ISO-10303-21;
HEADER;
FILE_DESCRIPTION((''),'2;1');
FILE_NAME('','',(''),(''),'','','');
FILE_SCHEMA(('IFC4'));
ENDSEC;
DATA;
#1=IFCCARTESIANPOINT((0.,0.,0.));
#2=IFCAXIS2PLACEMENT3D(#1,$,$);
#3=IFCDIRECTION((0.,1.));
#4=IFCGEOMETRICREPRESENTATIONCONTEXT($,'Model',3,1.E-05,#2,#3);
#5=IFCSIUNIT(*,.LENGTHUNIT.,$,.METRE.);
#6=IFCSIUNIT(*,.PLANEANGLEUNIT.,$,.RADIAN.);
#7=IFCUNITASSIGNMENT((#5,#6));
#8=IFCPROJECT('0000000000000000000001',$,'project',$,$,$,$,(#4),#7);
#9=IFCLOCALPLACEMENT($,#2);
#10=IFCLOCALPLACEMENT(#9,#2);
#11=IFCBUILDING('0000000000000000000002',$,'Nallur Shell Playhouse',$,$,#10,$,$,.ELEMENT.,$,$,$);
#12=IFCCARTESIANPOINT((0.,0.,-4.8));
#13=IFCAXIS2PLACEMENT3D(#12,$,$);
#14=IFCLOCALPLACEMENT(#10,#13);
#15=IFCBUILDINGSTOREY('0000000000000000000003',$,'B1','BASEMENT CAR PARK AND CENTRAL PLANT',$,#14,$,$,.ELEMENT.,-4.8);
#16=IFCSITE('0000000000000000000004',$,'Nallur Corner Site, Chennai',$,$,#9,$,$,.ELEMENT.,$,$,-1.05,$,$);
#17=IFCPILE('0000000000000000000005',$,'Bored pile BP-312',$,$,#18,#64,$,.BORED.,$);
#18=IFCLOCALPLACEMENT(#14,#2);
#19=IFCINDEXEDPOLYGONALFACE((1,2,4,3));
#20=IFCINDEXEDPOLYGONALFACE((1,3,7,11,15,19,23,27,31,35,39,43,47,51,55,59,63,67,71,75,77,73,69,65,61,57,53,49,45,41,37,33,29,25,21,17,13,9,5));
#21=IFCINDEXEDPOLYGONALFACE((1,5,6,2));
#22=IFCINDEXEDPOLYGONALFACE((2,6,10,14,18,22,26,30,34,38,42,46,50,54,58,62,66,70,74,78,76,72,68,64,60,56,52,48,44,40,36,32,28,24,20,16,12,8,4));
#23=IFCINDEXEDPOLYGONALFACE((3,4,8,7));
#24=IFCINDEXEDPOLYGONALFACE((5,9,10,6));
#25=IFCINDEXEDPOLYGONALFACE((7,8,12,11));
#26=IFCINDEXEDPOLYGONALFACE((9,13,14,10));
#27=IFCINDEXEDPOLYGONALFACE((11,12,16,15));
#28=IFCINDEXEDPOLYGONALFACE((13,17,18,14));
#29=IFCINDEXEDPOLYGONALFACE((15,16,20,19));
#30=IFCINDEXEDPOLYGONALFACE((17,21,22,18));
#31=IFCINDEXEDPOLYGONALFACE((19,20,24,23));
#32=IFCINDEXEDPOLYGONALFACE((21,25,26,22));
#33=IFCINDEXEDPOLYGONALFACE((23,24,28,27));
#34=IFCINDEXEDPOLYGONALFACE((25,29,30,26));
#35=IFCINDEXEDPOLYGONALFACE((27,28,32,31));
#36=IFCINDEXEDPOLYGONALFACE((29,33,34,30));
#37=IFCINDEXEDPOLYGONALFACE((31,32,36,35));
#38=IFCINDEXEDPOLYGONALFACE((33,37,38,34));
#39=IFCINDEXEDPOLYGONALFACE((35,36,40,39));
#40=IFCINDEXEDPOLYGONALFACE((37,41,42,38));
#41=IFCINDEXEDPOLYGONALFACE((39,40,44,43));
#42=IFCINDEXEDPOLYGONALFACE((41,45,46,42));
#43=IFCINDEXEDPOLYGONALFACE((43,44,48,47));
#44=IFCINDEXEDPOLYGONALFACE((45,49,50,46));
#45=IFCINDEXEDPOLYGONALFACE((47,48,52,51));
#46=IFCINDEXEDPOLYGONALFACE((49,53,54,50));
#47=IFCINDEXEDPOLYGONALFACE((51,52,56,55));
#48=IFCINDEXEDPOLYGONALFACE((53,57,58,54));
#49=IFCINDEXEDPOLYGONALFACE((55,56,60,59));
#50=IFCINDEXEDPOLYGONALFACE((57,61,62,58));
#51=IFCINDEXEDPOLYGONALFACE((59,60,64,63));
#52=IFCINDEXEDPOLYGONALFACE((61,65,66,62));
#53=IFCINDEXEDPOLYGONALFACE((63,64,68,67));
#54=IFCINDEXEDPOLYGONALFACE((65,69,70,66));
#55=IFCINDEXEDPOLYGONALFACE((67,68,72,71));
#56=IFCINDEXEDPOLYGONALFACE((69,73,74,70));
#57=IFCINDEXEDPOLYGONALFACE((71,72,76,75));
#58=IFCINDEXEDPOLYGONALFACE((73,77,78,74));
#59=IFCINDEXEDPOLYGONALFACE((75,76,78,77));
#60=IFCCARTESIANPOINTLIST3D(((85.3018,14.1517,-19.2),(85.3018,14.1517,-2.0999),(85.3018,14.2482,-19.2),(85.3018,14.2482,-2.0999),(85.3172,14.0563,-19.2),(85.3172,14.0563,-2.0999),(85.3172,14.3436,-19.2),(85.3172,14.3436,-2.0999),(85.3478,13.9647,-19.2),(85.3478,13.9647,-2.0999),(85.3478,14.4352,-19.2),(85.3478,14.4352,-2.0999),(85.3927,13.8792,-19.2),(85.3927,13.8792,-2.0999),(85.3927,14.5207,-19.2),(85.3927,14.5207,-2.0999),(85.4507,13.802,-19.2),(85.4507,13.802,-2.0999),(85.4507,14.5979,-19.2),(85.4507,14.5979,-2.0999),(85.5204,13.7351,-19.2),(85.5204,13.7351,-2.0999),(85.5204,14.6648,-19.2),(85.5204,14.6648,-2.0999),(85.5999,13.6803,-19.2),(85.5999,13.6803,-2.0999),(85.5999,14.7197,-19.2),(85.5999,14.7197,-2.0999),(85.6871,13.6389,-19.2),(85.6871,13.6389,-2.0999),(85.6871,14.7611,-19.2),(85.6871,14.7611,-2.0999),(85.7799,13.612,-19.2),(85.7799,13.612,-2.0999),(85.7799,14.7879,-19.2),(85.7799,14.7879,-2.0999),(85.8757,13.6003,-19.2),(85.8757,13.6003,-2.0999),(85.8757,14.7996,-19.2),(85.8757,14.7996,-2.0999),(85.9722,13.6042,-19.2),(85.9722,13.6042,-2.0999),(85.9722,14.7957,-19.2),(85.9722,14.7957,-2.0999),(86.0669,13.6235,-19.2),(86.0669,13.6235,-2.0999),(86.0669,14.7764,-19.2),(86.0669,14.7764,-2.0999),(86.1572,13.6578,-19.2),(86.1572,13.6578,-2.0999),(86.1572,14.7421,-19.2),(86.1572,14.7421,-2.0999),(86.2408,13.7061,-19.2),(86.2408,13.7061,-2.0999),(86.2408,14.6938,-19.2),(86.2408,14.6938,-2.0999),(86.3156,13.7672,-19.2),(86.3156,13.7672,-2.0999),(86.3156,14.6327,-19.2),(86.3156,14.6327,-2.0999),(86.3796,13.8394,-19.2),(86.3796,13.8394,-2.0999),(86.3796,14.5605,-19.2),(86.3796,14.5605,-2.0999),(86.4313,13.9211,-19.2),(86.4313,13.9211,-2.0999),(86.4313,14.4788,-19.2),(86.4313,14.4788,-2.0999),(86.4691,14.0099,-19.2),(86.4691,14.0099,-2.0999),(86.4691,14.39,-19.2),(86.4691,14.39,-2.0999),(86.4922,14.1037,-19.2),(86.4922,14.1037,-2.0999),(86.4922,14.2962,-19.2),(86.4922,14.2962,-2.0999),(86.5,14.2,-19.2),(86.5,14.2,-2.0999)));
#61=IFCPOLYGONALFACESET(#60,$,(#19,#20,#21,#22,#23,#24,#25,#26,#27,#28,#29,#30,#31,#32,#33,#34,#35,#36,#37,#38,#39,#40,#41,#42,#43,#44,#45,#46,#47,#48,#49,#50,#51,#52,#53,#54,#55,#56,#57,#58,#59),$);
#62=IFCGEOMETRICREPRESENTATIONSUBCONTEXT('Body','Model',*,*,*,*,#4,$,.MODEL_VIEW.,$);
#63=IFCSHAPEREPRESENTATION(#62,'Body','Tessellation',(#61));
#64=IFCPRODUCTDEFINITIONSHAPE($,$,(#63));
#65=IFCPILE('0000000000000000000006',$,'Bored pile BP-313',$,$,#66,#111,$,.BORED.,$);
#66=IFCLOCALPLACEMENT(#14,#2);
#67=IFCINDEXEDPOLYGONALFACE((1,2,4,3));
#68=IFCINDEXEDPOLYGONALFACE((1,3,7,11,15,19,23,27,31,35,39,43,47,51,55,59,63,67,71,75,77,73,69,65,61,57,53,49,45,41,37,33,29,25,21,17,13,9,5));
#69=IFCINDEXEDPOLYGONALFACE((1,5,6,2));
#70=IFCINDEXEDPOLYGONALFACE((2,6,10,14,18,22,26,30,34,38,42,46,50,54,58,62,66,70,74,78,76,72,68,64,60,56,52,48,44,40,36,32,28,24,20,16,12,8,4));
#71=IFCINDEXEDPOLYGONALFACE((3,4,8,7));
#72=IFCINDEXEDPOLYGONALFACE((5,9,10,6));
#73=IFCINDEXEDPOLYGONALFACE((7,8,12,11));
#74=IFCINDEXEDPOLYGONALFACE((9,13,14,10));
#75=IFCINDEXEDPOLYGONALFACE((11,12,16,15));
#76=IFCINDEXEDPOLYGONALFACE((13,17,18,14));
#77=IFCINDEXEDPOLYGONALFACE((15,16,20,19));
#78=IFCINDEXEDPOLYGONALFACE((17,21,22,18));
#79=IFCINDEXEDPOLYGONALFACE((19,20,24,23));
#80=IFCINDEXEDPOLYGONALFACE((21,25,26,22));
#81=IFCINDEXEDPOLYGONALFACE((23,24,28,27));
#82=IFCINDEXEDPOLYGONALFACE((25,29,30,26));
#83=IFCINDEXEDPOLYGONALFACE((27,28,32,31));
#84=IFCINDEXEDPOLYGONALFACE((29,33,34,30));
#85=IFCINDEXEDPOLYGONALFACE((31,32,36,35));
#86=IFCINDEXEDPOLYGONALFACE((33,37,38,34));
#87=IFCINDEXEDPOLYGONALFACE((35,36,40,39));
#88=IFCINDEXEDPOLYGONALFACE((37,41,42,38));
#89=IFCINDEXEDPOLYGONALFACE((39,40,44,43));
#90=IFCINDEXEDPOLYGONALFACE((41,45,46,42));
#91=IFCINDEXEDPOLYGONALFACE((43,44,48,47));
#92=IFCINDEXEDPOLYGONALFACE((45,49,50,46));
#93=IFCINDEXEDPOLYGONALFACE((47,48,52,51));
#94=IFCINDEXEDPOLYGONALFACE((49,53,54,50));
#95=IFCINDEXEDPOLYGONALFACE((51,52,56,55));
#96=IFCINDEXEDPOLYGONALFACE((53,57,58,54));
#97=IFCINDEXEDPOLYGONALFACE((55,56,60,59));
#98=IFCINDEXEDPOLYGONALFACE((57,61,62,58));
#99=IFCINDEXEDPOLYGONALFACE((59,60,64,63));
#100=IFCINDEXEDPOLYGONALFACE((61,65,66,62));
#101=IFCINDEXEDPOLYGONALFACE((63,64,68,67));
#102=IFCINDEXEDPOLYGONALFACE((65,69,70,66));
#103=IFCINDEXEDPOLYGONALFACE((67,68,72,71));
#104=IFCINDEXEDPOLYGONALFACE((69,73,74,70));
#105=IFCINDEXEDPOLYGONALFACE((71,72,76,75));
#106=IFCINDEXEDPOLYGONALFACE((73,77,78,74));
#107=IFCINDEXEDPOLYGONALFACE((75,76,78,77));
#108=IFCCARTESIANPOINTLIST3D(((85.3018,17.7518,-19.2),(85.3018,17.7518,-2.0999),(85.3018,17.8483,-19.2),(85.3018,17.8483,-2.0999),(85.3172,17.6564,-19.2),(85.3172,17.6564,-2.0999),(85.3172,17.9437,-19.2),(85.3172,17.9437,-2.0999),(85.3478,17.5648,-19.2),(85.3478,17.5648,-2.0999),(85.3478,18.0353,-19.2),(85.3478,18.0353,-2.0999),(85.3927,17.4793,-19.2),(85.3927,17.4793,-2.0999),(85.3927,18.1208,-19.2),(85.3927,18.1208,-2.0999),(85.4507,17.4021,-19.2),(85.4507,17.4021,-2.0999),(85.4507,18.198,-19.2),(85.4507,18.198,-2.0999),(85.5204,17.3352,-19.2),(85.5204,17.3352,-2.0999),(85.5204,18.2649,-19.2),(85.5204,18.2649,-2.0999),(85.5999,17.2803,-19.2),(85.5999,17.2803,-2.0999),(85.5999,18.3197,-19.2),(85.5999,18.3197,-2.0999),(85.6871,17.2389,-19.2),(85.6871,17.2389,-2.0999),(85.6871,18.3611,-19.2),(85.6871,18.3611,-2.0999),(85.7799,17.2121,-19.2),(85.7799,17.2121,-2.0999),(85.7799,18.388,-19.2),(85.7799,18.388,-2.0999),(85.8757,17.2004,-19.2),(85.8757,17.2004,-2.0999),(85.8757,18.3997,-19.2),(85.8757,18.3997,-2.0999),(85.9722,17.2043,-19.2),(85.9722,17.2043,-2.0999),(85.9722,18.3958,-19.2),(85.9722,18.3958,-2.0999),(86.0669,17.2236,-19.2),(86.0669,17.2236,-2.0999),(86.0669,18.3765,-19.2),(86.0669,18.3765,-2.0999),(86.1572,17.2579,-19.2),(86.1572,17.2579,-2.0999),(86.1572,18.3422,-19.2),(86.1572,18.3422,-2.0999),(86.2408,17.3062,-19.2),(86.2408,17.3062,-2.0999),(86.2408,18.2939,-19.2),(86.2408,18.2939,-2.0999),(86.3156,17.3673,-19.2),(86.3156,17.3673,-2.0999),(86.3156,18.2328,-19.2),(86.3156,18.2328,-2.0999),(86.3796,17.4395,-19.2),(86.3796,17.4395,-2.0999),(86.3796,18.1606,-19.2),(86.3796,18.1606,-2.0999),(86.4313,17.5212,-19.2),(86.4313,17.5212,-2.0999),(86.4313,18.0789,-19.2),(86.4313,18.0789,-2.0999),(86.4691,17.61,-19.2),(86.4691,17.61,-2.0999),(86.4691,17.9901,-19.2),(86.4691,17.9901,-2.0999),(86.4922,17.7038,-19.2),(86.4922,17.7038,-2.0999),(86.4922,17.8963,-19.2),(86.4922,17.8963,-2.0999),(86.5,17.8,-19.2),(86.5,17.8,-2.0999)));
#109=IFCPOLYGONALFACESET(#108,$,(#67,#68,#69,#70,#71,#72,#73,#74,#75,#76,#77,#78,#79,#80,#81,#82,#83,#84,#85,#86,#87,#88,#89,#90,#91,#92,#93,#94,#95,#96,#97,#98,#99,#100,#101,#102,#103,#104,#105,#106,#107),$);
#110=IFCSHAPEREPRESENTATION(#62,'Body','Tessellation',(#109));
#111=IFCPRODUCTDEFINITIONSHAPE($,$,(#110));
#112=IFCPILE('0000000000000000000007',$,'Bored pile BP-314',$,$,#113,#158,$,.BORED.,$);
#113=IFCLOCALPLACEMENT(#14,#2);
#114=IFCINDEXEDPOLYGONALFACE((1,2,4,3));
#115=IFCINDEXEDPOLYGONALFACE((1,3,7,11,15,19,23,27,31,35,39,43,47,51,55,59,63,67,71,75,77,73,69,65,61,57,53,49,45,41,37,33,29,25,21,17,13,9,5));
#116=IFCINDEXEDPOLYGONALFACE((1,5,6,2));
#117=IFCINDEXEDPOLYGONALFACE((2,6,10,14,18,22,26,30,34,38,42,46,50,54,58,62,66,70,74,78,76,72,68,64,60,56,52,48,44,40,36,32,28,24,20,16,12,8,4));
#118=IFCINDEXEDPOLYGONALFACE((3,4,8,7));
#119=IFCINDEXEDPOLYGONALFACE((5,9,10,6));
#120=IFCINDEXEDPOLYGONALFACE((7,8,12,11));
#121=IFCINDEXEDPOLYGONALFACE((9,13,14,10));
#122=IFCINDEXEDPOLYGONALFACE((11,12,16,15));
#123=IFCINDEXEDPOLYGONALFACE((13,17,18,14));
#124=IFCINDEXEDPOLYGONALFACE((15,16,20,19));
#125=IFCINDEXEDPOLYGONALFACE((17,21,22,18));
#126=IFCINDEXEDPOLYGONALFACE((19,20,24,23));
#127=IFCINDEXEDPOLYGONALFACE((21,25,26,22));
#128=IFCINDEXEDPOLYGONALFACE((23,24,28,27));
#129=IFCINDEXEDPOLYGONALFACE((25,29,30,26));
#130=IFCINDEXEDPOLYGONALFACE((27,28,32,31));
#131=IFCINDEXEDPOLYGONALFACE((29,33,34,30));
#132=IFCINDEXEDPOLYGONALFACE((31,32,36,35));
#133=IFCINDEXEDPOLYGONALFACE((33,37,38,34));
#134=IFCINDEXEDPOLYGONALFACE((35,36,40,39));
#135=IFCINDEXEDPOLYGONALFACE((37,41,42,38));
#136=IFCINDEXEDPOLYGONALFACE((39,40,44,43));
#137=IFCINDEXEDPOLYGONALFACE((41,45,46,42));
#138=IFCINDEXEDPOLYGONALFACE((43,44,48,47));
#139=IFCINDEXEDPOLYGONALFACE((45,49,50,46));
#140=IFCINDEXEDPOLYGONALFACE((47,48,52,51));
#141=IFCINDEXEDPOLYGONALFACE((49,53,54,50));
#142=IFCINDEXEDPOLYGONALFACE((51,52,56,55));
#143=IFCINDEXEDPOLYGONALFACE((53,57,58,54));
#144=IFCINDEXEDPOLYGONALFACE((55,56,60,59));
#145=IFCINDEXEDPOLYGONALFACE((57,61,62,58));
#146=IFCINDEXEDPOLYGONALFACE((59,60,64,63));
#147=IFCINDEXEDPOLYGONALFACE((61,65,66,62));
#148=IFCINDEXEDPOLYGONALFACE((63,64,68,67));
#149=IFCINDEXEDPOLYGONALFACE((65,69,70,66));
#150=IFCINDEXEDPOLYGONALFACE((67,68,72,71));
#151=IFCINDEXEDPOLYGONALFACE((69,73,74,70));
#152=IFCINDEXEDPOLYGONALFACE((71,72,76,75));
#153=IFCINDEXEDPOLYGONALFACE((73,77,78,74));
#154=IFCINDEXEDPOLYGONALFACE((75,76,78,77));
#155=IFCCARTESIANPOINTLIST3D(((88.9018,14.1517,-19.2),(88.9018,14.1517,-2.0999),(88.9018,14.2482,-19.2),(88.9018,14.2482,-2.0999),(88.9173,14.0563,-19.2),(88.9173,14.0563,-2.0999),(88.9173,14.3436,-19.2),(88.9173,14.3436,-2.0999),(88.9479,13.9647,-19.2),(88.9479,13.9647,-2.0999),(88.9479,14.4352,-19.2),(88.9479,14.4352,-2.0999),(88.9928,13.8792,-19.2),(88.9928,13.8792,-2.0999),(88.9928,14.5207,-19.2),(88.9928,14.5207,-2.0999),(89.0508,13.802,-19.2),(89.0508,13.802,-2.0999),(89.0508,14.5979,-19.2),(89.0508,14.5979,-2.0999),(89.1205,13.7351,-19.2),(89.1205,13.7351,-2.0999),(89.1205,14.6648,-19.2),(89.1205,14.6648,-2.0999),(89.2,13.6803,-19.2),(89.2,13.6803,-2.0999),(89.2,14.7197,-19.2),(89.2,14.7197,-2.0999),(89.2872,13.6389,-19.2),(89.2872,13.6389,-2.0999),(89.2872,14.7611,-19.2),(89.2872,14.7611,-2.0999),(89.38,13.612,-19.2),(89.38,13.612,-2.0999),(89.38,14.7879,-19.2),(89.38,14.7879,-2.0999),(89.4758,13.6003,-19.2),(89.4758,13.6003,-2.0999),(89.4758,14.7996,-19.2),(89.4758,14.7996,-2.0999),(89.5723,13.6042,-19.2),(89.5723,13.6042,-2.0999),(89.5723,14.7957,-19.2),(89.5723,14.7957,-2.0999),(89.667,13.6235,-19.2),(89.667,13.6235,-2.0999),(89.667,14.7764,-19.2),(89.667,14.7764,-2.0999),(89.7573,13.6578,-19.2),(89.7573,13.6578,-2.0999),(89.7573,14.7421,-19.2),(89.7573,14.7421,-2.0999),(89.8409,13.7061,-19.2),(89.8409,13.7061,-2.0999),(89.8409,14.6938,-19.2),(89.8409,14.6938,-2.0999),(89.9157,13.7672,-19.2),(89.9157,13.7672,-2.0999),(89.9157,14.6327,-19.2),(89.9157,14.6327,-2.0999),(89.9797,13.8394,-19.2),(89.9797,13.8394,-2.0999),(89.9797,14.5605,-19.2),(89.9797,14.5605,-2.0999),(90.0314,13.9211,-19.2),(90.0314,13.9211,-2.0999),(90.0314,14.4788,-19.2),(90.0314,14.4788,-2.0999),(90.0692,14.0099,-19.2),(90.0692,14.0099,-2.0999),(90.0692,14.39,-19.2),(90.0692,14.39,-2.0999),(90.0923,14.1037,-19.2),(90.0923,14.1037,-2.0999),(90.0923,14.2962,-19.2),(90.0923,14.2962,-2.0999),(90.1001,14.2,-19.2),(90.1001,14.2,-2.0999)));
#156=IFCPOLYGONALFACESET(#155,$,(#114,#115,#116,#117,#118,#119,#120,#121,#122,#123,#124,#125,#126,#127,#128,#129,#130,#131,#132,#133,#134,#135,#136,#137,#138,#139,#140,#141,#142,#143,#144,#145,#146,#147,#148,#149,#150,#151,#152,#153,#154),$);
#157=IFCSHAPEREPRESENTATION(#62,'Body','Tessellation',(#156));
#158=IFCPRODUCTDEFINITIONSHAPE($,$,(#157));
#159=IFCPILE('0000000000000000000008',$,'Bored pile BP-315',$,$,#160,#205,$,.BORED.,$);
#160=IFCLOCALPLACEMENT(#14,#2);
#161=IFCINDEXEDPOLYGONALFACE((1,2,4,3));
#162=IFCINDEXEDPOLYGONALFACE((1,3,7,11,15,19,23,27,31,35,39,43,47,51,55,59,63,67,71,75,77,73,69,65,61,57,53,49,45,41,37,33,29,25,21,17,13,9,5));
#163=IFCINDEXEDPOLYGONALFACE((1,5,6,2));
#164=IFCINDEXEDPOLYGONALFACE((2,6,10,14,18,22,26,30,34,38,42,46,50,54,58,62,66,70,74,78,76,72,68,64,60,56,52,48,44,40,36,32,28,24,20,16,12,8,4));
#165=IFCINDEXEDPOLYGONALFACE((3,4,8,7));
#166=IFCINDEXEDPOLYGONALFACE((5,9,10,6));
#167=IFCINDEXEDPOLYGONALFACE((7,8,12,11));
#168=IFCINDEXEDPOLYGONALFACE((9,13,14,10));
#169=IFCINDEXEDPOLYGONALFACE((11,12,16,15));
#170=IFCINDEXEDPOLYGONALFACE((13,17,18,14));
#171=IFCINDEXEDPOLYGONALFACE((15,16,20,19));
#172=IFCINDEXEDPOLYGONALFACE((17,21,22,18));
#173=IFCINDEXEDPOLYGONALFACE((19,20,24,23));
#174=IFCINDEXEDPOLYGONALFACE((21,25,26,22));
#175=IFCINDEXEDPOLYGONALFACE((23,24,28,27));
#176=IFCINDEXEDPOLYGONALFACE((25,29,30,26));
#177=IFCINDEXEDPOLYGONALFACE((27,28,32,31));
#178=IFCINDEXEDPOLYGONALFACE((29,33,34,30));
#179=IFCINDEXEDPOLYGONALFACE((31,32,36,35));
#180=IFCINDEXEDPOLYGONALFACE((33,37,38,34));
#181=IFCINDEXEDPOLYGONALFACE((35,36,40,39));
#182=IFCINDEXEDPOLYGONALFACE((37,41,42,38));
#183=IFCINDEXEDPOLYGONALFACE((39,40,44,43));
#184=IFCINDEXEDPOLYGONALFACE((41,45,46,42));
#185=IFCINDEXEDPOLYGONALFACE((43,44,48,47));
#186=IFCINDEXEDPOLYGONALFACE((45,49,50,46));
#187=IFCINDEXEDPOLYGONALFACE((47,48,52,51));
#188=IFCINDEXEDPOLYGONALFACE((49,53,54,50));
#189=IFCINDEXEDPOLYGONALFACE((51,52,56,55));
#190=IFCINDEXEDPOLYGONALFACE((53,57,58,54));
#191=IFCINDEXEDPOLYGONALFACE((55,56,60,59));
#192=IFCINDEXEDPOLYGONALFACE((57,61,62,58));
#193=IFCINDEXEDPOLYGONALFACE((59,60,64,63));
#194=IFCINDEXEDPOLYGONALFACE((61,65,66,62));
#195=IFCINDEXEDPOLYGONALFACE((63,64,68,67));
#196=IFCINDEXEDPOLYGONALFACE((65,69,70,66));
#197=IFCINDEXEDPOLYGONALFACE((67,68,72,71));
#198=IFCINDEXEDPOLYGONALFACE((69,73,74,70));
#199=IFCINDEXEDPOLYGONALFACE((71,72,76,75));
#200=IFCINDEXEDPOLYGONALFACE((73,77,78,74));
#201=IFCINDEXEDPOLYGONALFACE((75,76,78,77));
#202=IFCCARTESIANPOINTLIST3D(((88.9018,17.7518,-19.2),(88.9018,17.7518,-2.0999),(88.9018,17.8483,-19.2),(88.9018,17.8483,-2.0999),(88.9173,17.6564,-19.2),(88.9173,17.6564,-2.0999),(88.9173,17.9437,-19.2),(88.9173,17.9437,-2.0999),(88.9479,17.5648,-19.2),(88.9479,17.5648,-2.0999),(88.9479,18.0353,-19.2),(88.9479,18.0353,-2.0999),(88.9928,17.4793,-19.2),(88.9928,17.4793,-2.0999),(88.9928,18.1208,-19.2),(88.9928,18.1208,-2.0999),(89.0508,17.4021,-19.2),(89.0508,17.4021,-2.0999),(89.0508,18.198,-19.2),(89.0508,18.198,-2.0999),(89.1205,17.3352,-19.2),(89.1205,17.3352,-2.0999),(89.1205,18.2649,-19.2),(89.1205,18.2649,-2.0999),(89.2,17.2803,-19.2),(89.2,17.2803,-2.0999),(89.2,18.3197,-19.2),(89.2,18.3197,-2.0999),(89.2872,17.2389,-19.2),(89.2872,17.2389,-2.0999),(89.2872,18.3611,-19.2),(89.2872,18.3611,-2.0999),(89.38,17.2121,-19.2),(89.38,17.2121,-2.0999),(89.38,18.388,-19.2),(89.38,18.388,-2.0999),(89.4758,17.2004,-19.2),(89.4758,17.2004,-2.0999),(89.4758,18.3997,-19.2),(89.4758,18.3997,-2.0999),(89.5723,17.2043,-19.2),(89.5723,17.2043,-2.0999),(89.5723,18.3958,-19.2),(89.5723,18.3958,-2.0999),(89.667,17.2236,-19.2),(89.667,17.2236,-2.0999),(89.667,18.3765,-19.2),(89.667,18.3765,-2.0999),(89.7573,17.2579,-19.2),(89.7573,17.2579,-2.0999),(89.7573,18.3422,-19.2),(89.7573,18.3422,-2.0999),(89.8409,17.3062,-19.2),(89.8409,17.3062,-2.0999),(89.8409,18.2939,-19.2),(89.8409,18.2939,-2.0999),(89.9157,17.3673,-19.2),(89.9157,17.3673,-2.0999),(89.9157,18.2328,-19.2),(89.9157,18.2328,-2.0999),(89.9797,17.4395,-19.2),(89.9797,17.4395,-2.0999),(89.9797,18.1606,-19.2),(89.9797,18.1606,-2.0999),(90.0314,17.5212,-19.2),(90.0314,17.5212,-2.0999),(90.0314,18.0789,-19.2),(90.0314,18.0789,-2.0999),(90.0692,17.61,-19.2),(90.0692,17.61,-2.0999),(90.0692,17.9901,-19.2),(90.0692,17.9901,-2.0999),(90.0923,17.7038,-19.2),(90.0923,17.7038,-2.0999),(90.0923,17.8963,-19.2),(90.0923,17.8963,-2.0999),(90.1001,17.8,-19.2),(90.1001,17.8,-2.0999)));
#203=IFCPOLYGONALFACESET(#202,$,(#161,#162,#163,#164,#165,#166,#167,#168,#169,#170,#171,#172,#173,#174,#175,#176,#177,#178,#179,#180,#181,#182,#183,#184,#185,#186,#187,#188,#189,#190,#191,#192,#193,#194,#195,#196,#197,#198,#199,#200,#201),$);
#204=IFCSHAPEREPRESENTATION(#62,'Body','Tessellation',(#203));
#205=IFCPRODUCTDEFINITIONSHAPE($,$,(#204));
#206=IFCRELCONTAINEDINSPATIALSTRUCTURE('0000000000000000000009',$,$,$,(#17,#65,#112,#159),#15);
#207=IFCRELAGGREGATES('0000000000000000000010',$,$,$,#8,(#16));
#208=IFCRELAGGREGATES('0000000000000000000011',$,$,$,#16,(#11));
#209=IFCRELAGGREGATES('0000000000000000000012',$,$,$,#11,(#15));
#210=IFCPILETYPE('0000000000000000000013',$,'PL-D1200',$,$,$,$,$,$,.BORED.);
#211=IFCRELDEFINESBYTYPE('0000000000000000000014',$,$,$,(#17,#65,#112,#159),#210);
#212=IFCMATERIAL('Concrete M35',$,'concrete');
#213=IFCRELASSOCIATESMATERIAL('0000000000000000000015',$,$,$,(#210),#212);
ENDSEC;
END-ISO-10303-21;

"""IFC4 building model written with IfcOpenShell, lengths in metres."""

from ifc_helpers import new_model, si_unit, direction, frame, origin, origin_2d, place, context, subcontext, project, spatial, circle, extrude, material, material_profile, profile_set, type_object, element, save


model = new_model("IFC4")

# Units and contexts
model_context = context("Model", 3, precision=1e-05, world=origin(), true_north=direction((0.0, 1.0)))
body_context = subcontext(model_context, "Body", "Model", "MODEL_VIEW")
ifc_project = project(units=[si_unit("LENGTHUNIT", "METRE"), si_unit("PLANEANGLEUNIT", "RADIAN")], contexts=[model_context])

# Site, building, storey
site_placement = place(None, origin())
site = spatial("IfcSite", under=ifc_project, at=site_placement, Name="Nallur Corner Site, Chennai", CompositionType="ELEMENT", RefElevation=-1.05)
building_placement = place(site_placement, origin())
building = spatial("IfcBuilding", under=site, at=building_placement, Name="Nallur Shell Playhouse", CompositionType="ELEMENT")
storey_placement = place(building_placement, frame((0.0, 0.0, -4.8)))
storey = spatial("IfcBuildingStorey", under=building, at=storey_placement, Name="B1", Description="BASEMENT CAR PARK AND CENTRAL PLANT", CompositionType="ELEMENT", Elevation=-4.8)

# Shared definitions
ifc_material_1 = material(Name="Concrete M35", Category="concrete")

# Piles
ifc_material_profile_1 = material_profile(ifc_material_1, circle(Radius=0.6001, at=origin_2d()), Name="BORED PILE D1200")
ifc_profile_set_1 = profile_set([ifc_material_profile_1], Name="Concrete M35")
pile_type_1 = type_object("IfcPileType", Name="PL-D1200", PredefinedType="BORED", material=ifc_profile_set_1)
for number, where, z_axis, x_axis, name in (
    (1, (85.8999, 14.2, -2.0999), (0.0, 0.0, -1.0), (1.0, 0.0, 0.0), "Bored pile BP-312"),
    (2, (85.8999, 17.8, -2.0999), (0.0, 0.0, -1.0), (1.0, 0.0, 0.0), "Bored pile BP-313"),
    (3, (89.5, 14.2, -2.0999), (0.0, 0.0, -1.0), (1.0, 0.0, 0.0), "Bored pile BP-314"),
    (4, (89.5, 17.8, -2.0999), (0.0, 0.0, -1.0), (1.0, 0.0, 0.0), "Bored pile BP-315"),
):
    element("IfcPile", number, at=place(storey_placement, frame(where, z_axis=z_axis, x_axis=x_axis)), inside=storey, type_object=pile_type_1, Name=name, PredefinedType="BORED", context=body_context, shape_type="SweptSolid", body=[
        extrude(circle(Radius=0.6001, at=origin_2d()), origin(), (0.0, 0.0, 1.0), 17.1001),
    ])

save(model, "model.ifc")
